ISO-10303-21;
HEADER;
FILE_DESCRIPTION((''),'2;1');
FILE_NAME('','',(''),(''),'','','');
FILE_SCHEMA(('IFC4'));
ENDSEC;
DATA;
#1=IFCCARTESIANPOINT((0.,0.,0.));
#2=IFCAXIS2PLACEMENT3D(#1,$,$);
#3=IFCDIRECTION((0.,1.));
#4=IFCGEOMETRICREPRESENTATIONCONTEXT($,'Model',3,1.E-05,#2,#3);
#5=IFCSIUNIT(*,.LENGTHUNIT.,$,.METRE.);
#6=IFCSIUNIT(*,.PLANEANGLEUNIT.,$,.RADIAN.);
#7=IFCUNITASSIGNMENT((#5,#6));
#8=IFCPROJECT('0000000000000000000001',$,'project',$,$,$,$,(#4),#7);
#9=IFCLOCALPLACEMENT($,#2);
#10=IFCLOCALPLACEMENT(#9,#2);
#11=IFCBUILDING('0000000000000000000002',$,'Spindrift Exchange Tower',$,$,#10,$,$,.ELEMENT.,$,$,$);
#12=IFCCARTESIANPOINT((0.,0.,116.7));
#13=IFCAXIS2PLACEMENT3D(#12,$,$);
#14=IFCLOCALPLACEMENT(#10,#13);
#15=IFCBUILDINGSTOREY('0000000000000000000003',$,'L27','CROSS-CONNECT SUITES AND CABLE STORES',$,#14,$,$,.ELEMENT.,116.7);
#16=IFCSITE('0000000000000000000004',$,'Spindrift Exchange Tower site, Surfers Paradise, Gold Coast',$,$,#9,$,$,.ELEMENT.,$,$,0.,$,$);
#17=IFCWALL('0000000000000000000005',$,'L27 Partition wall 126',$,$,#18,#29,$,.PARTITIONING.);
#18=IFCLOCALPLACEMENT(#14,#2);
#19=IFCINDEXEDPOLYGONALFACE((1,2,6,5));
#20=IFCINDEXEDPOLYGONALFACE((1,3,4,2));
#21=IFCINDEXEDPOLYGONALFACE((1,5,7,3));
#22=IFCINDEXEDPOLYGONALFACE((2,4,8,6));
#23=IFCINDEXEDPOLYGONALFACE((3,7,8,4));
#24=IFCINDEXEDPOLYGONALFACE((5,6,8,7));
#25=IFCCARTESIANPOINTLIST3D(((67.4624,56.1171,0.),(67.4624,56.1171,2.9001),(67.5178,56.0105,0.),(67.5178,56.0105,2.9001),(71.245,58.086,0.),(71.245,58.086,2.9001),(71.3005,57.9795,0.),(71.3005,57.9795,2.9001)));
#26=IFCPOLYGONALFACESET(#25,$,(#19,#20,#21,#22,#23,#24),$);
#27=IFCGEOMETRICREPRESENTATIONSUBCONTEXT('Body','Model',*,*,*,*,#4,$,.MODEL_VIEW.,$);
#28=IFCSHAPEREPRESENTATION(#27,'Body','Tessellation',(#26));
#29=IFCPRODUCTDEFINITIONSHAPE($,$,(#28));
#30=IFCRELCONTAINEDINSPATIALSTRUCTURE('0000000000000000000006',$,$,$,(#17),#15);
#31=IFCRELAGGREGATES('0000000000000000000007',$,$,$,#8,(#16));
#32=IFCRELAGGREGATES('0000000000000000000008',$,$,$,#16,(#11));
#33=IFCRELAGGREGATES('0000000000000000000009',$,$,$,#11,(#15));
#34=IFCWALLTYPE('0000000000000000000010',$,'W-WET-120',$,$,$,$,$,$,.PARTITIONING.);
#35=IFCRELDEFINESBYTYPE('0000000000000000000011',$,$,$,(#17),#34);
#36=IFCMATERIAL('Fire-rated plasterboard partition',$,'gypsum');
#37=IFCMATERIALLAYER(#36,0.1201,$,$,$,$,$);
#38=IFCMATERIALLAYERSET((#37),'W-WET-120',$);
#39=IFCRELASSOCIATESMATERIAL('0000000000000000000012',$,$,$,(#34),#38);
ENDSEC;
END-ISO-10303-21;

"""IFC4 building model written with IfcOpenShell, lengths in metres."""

from ifc_helpers import new_model, si_unit, direction, frame, frame_2d, origin, place, context, subcontext, project, spatial, rectangle, extrude, material, layer, layer_set, type_object, element, save


model = new_model("IFC4")

# Units and contexts
model_context = context("Model", 3, precision=1e-05, world=origin(), true_north=direction((0.0, 1.0)))
body_context = subcontext(model_context, "Body", "Model", "MODEL_VIEW")
ifc_project = project(units=[si_unit("LENGTHUNIT", "METRE"), si_unit("PLANEANGLEUNIT", "RADIAN")], contexts=[model_context])

# Site, building, storey
site_placement = place(None, origin())
site = spatial("IfcSite", under=ifc_project, at=site_placement, Name="Spindrift Exchange Tower site, Surfers Paradise, Gold Coast", CompositionType="ELEMENT", RefElevation=0.0)
building_placement = place(site_placement, origin())
building = spatial("IfcBuilding", under=site, at=building_placement, Name="Spindrift Exchange Tower", CompositionType="ELEMENT")
storey_placement = place(building_placement, frame((0.0, 0.0, 116.7)))
storey = spatial("IfcBuildingStorey", under=building, at=storey_placement, Name="L27", Description="CROSS-CONNECT SUITES AND CABLE STORES", CompositionType="ELEMENT", Elevation=116.7)

# Shared definitions
ifc_material_1 = material(Name="Fire-rated plasterboard partition", Category="gypsum")

# Wall
ifc_layer_1 = layer(ifc_material_1, 0.1201)
ifc_layer_set_1 = layer_set([ifc_layer_1], Name="W-WET-120")
wall_type_1 = type_object("IfcWallType", Name="W-WET-120", PredefinedType="PARTITIONING", material=ifc_layer_set_1)
wall_1_placement = place(storey_placement, frame((67.49, 56.0637, 0.0), z_axis=(0.0, 0.0, 1.0), x_axis=(0.887026, 0.461719, 0.0)))
element("IfcWall", 1, at=wall_1_placement, inside=storey, type_object=wall_type_1, Name="L27 Partition wall 126", PredefinedType="PARTITIONING", context=body_context, shape_type="SweptSolid", body=[
    extrude(rectangle(XDim=4.2644, YDim=0.1201, at=frame_2d((2.1323, 0.0))), origin(), (0.0, 0.0, 1.0), 2.9001),
])

save(model, "model.ifc")
